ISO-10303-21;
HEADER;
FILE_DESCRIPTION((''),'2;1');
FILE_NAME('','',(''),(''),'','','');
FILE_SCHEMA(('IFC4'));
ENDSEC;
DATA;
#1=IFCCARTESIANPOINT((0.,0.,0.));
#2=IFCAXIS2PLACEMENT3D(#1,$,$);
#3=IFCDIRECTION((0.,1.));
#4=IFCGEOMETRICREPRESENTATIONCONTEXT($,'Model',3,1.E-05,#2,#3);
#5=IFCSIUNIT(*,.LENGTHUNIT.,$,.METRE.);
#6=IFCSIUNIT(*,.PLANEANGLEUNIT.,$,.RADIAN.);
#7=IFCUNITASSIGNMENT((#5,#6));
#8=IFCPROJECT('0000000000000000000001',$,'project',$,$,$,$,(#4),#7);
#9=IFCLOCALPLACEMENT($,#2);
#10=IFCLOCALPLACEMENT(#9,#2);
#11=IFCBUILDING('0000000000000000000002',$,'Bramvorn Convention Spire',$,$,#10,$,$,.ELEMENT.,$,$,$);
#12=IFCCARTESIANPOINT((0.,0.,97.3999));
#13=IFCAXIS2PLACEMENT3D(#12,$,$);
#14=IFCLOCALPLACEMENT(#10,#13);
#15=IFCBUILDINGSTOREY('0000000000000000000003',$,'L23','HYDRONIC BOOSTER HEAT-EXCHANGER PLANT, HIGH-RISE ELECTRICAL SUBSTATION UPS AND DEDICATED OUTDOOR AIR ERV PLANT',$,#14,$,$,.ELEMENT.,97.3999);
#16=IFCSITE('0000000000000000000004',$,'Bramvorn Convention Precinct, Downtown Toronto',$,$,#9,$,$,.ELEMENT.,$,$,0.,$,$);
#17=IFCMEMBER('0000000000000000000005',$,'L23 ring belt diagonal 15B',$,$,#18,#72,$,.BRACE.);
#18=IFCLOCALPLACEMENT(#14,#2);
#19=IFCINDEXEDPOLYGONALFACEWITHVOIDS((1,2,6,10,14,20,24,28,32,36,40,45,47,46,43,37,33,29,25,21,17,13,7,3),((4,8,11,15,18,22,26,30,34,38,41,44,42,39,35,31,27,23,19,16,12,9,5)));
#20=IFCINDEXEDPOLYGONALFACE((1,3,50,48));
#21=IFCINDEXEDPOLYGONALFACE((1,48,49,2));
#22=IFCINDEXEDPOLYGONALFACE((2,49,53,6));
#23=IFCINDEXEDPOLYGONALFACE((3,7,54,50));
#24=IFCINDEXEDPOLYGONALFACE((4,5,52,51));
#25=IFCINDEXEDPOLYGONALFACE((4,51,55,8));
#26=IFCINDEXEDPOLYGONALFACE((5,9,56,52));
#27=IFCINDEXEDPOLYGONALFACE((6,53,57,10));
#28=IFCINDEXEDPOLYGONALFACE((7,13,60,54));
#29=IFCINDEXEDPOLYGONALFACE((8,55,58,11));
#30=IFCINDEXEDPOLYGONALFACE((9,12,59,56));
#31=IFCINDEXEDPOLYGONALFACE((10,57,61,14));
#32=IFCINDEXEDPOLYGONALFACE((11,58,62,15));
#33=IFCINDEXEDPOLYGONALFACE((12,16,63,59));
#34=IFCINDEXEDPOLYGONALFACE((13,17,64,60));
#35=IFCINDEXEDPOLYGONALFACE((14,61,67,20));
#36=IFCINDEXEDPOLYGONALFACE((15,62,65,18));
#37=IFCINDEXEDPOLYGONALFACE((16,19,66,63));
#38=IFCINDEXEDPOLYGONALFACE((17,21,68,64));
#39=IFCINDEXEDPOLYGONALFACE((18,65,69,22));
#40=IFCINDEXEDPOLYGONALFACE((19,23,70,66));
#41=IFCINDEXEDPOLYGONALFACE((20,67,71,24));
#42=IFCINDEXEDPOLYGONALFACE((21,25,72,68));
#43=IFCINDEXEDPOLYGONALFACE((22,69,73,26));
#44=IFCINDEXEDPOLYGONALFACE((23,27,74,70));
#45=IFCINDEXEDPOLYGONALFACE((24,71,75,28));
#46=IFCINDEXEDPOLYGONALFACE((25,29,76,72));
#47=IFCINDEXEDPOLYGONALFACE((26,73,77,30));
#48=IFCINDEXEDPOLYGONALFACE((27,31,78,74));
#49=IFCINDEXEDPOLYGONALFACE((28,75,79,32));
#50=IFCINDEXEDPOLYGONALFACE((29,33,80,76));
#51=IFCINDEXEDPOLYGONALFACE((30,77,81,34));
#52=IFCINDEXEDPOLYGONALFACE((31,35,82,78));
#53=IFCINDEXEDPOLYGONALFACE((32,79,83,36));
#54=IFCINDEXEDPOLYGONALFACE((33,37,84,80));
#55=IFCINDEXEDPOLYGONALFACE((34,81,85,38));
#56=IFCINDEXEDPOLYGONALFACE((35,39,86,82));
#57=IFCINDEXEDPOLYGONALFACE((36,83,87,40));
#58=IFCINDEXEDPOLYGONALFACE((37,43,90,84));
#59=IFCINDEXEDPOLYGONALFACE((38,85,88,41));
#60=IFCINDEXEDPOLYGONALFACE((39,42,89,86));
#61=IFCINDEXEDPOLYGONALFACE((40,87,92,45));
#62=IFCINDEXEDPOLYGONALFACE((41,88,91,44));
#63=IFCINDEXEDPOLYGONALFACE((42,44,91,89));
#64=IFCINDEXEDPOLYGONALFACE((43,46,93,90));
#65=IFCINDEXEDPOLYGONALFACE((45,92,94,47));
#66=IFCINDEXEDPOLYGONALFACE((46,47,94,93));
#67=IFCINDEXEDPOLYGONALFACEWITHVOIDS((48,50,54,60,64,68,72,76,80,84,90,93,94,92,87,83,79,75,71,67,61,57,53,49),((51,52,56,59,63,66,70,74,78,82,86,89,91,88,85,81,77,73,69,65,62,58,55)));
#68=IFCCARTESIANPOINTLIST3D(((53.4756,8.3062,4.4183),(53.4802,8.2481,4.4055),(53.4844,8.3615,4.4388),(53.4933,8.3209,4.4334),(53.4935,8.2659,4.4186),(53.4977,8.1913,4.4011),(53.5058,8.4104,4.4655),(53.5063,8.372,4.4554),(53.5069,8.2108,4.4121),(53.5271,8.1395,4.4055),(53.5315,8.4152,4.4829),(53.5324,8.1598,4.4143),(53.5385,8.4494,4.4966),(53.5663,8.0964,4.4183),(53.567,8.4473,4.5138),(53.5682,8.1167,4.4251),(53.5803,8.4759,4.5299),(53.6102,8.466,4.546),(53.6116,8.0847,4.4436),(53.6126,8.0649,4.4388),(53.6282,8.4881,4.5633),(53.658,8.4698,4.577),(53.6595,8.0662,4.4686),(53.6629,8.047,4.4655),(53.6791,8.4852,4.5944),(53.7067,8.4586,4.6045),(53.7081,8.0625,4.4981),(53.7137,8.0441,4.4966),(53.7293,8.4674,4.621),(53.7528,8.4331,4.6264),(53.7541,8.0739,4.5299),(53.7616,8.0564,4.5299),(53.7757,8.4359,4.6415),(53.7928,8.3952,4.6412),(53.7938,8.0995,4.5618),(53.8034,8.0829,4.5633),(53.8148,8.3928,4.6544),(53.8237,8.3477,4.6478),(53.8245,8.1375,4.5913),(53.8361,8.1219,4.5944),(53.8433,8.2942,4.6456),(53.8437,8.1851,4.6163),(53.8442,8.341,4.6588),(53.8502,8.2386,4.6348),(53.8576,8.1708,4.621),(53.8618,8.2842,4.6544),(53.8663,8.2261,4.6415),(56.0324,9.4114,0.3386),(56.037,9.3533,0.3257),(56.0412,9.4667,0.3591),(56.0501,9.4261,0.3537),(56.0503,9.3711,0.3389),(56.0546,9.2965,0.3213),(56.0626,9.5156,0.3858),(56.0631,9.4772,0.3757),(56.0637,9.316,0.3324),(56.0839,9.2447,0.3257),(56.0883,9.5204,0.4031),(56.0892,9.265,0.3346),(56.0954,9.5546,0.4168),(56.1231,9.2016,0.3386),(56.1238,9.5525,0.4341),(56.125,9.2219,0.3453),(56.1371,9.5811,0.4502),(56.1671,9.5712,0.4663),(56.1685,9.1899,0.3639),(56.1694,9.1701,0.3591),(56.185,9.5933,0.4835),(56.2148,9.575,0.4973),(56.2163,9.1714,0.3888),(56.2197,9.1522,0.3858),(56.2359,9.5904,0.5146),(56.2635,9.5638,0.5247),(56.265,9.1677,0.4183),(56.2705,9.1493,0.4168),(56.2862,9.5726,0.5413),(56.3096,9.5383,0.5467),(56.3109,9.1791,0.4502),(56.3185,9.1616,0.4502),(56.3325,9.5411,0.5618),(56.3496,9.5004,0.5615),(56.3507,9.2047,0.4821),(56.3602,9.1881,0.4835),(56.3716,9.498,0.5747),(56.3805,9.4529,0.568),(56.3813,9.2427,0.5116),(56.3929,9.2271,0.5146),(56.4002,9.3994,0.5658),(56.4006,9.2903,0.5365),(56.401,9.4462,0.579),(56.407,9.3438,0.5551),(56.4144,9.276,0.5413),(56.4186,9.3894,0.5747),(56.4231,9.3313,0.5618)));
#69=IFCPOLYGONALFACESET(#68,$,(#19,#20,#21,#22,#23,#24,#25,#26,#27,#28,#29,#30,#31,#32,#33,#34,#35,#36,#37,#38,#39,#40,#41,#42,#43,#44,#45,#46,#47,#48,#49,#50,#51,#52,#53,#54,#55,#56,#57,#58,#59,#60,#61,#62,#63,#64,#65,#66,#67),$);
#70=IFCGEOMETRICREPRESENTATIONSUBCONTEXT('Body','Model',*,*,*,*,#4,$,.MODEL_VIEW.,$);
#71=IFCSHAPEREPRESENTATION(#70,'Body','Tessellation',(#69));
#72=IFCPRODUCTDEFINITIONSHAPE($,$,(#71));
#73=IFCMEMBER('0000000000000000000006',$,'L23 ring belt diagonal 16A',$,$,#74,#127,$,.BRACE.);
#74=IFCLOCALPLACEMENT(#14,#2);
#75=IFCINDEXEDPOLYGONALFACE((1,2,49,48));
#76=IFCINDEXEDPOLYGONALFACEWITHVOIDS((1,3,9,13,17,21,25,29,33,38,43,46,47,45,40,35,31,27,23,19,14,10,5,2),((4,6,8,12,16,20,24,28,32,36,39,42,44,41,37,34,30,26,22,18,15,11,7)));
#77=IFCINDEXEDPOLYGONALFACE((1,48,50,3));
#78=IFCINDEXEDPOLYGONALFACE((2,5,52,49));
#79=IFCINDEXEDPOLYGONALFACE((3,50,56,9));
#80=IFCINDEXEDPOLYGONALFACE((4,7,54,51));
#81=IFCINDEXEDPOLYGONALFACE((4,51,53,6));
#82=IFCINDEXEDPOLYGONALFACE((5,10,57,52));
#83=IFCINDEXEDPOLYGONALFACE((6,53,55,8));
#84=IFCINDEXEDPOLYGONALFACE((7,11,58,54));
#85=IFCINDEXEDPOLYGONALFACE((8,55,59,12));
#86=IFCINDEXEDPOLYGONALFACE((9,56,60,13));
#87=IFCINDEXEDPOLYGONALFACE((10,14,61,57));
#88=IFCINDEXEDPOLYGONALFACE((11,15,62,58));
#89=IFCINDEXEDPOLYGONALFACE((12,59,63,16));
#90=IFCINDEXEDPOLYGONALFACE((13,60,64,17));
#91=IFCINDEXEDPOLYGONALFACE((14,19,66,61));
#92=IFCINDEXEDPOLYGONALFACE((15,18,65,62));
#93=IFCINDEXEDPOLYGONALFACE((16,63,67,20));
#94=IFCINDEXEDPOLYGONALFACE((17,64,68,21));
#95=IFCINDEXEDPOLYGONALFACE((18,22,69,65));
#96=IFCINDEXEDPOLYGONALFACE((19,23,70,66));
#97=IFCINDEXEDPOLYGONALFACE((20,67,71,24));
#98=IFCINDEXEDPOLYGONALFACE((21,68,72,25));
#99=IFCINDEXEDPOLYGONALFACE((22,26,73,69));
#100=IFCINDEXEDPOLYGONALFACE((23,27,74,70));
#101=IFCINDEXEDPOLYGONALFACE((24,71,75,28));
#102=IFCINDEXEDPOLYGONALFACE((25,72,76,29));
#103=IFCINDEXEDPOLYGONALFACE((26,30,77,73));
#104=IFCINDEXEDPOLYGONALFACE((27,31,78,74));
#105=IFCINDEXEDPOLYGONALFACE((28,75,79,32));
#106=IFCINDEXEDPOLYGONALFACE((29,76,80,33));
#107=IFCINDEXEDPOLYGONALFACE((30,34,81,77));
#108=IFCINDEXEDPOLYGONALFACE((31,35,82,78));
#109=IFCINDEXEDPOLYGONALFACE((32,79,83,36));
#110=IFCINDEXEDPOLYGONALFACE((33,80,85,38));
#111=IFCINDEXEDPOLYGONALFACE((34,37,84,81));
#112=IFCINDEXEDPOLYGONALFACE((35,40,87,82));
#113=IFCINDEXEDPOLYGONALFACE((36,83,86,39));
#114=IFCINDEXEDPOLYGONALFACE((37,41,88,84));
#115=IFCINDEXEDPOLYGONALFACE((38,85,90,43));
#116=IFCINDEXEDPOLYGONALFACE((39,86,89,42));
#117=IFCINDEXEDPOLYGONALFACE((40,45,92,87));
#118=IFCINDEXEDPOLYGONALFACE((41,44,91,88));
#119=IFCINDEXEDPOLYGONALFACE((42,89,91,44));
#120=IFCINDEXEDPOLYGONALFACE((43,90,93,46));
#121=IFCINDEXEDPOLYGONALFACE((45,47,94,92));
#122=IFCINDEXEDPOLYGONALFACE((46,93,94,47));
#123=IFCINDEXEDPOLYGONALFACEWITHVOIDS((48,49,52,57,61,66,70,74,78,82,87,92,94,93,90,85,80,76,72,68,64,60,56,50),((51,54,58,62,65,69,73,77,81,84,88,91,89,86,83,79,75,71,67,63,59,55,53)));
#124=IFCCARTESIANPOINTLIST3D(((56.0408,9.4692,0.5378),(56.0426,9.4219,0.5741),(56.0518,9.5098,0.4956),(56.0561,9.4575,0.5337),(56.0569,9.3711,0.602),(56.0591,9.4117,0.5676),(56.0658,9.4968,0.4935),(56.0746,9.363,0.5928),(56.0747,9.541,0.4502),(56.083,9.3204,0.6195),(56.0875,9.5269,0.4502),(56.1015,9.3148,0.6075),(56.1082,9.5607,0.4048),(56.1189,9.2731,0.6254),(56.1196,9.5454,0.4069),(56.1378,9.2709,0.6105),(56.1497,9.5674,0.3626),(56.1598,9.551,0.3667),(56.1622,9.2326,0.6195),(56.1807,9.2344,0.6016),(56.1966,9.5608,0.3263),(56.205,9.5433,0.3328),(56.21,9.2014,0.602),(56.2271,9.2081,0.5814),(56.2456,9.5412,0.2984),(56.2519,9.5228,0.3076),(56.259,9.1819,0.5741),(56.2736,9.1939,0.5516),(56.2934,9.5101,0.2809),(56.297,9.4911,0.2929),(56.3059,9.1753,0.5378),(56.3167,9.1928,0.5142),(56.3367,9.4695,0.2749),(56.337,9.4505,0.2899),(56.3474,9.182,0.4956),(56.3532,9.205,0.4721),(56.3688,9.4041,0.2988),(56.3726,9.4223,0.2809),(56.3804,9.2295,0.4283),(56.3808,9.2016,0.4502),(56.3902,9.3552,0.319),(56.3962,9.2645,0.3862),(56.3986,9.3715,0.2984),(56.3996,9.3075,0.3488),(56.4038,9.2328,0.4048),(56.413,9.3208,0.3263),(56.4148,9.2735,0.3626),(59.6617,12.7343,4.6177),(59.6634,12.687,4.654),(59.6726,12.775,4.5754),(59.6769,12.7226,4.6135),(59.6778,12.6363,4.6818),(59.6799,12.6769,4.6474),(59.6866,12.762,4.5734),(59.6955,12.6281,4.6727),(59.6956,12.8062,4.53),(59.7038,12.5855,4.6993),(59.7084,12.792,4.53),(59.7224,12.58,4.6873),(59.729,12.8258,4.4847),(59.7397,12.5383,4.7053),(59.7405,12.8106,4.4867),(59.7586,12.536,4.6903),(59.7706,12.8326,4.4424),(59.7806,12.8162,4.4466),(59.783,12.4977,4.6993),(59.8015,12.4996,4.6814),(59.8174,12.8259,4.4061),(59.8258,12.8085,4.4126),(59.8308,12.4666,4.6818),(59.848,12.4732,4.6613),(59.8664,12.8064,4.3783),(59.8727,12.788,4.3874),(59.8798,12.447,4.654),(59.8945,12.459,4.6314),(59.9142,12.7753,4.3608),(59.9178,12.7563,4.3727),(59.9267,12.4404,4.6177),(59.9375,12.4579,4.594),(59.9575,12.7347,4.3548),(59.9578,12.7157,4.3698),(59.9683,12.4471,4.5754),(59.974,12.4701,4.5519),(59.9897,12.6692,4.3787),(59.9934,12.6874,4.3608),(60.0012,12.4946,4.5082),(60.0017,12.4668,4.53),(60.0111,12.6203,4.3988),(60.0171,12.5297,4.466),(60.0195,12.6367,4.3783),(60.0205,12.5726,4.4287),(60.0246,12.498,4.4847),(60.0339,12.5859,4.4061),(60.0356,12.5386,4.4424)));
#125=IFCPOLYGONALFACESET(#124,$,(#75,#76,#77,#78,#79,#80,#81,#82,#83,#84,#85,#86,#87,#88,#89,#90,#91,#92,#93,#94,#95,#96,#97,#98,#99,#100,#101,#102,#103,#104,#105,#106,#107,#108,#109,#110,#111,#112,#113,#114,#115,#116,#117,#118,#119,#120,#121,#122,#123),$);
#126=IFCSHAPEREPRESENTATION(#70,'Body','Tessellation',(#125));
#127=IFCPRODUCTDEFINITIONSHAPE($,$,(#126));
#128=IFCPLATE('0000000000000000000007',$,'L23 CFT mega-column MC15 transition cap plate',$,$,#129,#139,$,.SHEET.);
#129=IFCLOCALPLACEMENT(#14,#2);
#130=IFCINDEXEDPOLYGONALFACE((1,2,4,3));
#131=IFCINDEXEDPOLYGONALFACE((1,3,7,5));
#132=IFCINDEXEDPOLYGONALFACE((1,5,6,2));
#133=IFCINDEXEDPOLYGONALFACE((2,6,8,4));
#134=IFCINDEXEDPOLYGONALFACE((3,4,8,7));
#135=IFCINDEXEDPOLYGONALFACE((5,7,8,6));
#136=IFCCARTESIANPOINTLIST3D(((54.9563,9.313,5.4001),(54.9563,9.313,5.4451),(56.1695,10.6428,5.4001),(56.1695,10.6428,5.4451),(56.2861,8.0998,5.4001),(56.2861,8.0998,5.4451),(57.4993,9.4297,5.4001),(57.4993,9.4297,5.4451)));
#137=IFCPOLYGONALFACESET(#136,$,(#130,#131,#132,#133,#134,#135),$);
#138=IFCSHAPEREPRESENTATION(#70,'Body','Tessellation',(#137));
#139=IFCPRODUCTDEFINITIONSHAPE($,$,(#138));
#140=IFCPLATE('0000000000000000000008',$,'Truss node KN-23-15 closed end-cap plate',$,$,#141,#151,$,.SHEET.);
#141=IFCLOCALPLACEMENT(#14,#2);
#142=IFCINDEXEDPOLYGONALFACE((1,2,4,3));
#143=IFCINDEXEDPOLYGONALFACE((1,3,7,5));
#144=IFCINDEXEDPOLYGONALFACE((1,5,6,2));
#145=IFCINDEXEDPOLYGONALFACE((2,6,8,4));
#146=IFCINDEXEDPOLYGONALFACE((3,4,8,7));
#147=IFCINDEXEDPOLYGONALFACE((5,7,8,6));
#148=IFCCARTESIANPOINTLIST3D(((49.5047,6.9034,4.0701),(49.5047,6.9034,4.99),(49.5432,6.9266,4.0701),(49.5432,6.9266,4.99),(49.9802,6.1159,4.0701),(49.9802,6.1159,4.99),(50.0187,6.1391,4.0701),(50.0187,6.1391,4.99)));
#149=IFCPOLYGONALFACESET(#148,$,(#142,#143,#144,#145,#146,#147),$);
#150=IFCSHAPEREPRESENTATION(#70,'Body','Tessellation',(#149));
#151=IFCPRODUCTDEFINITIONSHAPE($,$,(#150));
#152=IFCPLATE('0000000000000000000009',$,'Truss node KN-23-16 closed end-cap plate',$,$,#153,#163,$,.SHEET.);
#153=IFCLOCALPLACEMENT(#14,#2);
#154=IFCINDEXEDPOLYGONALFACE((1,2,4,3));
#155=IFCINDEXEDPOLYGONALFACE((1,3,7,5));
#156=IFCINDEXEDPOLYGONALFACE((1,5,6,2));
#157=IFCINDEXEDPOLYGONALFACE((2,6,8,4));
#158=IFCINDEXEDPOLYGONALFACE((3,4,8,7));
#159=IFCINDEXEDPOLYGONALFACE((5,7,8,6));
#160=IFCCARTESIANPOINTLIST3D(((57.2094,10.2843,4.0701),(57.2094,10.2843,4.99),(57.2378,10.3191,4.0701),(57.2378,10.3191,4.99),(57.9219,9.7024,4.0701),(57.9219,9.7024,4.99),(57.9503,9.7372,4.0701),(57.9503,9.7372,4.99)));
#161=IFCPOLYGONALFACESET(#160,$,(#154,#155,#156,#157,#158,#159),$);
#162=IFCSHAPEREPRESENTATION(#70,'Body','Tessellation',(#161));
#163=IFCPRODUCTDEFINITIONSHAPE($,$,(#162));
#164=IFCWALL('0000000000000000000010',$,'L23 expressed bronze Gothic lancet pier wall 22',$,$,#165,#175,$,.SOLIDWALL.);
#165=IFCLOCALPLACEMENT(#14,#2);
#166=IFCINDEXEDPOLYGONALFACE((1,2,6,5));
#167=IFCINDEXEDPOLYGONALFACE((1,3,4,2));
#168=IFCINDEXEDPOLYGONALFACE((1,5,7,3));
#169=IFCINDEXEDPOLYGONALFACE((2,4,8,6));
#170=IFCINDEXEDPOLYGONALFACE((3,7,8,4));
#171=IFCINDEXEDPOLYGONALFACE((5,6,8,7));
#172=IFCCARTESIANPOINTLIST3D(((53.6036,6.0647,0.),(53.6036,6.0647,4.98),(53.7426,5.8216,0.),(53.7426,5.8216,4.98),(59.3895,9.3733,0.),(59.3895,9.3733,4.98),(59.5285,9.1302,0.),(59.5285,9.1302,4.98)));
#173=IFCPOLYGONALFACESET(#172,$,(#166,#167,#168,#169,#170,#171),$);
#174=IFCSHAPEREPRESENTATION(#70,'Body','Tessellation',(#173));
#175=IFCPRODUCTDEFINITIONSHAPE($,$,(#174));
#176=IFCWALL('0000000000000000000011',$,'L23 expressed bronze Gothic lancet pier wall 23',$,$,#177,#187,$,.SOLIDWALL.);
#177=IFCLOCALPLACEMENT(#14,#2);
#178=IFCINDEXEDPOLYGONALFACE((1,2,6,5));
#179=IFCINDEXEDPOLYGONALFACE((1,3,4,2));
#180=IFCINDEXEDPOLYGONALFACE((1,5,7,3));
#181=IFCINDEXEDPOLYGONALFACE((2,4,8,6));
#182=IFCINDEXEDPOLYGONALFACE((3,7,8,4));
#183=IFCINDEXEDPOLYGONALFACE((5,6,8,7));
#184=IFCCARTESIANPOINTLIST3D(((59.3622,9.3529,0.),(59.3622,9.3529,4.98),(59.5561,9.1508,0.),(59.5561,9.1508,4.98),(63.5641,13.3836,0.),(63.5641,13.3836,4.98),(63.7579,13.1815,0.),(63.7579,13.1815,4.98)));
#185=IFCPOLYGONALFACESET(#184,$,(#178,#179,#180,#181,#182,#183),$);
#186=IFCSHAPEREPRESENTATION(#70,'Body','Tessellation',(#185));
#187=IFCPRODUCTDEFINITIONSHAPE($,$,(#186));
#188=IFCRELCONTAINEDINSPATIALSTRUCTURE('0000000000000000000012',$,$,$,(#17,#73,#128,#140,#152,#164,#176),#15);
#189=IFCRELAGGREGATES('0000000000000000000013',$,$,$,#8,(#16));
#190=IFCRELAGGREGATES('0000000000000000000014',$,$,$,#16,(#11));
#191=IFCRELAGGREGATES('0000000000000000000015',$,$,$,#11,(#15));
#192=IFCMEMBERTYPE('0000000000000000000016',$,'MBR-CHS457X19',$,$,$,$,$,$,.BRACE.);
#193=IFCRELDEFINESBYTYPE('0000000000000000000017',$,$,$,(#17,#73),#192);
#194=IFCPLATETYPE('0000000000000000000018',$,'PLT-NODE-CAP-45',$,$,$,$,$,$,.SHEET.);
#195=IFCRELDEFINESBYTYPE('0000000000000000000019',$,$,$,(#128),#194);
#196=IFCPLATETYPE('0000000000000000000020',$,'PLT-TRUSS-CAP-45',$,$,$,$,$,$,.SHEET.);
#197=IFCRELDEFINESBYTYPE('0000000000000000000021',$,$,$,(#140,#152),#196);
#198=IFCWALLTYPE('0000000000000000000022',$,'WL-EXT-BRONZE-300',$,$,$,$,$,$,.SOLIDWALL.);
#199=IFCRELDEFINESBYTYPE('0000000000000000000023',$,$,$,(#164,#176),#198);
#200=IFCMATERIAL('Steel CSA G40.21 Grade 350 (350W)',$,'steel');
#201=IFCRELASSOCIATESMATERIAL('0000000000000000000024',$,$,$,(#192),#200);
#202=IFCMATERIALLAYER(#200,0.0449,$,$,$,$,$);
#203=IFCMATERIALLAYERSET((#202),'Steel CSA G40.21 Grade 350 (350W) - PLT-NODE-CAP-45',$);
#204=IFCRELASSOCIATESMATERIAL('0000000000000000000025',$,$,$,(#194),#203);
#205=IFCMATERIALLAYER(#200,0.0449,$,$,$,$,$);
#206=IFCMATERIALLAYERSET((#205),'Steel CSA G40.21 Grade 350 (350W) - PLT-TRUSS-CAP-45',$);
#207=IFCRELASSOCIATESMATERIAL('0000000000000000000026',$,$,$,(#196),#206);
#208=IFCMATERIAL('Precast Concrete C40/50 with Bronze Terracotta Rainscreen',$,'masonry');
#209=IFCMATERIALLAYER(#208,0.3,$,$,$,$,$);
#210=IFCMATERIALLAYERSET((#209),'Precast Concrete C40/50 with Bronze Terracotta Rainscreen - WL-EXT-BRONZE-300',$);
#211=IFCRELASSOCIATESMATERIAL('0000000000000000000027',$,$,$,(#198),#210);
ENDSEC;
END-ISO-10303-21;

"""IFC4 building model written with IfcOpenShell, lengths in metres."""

from ifc_helpers import new_model, si_unit, direction, frame, frame_2d, origin, origin_2d, place, context, subcontext, project, spatial, rectangle, hollow_circle, extrude, material, layer, layer_set, material_profile, profile_set, type_object, element, save


model = new_model("IFC4")

# Units and contexts
model_context = context("Model", 3, precision=1e-05, world=origin(), true_north=direction((0.0, 1.0)))
body_context = subcontext(model_context, "Body", "Model", "MODEL_VIEW")
ifc_project = project(units=[si_unit("LENGTHUNIT", "METRE"), si_unit("PLANEANGLEUNIT", "RADIAN")], contexts=[model_context])

# Site, building, storey
site_placement = place(None, origin())
site = spatial("IfcSite", under=ifc_project, at=site_placement, Name="Bramvorn Convention Precinct, Downtown Toronto", CompositionType="ELEMENT", RefElevation=0.0)
building_placement = place(site_placement, origin())
building = spatial("IfcBuilding", under=site, at=building_placement, Name="Bramvorn Convention Spire", CompositionType="ELEMENT")
storey_placement = place(building_placement, frame((0.0, 0.0, 97.3999)))
storey = spatial("IfcBuildingStorey", under=building, at=storey_placement, Name="L23", Description="HYDRONIC BOOSTER HEAT-EXCHANGER PLANT, HIGH-RISE ELECTRICAL SUBSTATION UPS AND DEDICATED OUTDOOR AIR ERV PLANT", CompositionType="ELEMENT", Elevation=97.3999)

# Shared definitions
ifc_material_1 = material(Name="Steel CSA G40.21 Grade 350 (350W)", Category="steel")

# Members
ifc_material_profile_1 = material_profile(ifc_material_1, hollow_circle(Radius=0.2285, WallThickness=0.019, at=origin_2d()))
ifc_profile_set_1 = profile_set([ifc_material_profile_1], Name="Steel CSA G40.21 Grade 350 (350W) - CHS457X19")
member_type_1 = type_object("IfcMemberType", Name="MBR-CHS457X19", PredefinedType="BRACE", material=ifc_profile_set_1)
member_1_placement = place(storey_placement, frame((56.2278, 9.3713, 0.4502), z_axis=(-0.517581, -0.223727, 0.825867), x_axis=(0.396773, -0.917917, 0.0)))
element("IfcMember", 1, at=member_1_placement, inside=storey, type_object=member_type_1, Name="L23 ring belt diagonal 15B", PredefinedType="BRACE", context=body_context, shape_type="SweptSolid", body=[
    extrude(hollow_circle(Radius=0.2285, WallThickness=0.019, at=origin_2d()), origin(), (0.0, 0.0, 1.0), 4.9399),
])
member_2_placement = place(storey_placement, frame((56.2278, 9.3713, 0.4502), z_axis=(0.569548, 0.513595, 0.641744), x_axis=(-0.669686, 0.742644, 0.0)))
element("IfcMember", 2, at=member_2_placement, inside=storey, type_object=member_type_1, Name="L23 ring belt diagonal 16A", PredefinedType="BRACE", context=body_context, shape_type="SweptSolid", body=[
    extrude(hollow_circle(Radius=0.2285, WallThickness=0.019, at=origin_2d()), origin(), (0.0, 0.0, 1.0), 6.3574),
])

# Plates
ifc_layer_1 = layer(ifc_material_1, 0.0449)
ifc_layer_set_1 = layer_set([ifc_layer_1], Name="Steel CSA G40.21 Grade 350 (350W) - PLT-NODE-CAP-45")
plate_type_1 = type_object("IfcPlateType", Name="PLT-NODE-CAP-45", PredefinedType="SHEET", material=ifc_layer_set_1)
plate_placement = place(storey_placement, frame((56.2278, 9.3713, 5.4001), z_axis=(0.0, 0.0, 1.0), x_axis=(0.738769, -0.673958, 0.0)))
element("IfcPlate", 3, at=plate_placement, inside=storey, type_object=plate_type_1, Name="L23 CFT mega-column MC15 transition cap plate", PredefinedType="SHEET", context=body_context, shape_type="SweptSolid", body=[
    extrude(rectangle(XDim=1.8, YDim=1.8, at=origin_2d()), origin(), (0.0, 0.0, 1.0), 0.0449),
])
ifc_layer_2 = layer(ifc_material_1, 0.0449)
ifc_layer_set_2 = layer_set([ifc_layer_2], Name="Steel CSA G40.21 Grade 350 (350W) - PLT-TRUSS-CAP-45")
plate_type_2 = type_object("IfcPlateType", Name="PLT-TRUSS-CAP-45", PredefinedType="SHEET", material=ifc_layer_set_2)
for number, where, z_axis, x_axis, name in (
    (4, (49.7617, 6.5212, 4.0701), (0.0, 0.0, 1.0), (0.516904, -0.856044, 0.0), "Truss node KN-23-15 closed end-cap plate"),
    (5, (57.5798, 10.0107, 4.0701), (0.0, 0.0, 1.0), (0.774551, -0.632512, 0.0), "Truss node KN-23-16 closed end-cap plate"),
):
    element("IfcPlate", number, at=place(storey_placement, frame(where, z_axis=z_axis, x_axis=x_axis)), inside=storey, type_object=plate_type_2, Name=name, PredefinedType="SHEET", context=body_context, shape_type="SweptSolid", body=[
        extrude(rectangle(XDim=0.9199, YDim=0.0449, at=origin_2d()), origin(), (0.0, 0.0, 1.0), 0.9199),
    ])

# Walls
ifc_material_2 = material(Name="Precast Concrete C40/50 with Bronze Terracotta Rainscreen", Category="masonry")
ifc_layer_3 = layer(ifc_material_2, 0.3)
ifc_layer_set_3 = layer_set([ifc_layer_3], Name="Precast Concrete C40/50 with Bronze Terracotta Rainscreen - WL-EXT-BRONZE-300")
wall_type_1 = type_object("IfcWallType", Name="WL-EXT-BRONZE-300", PredefinedType="SOLIDWALL", material=ifc_layer_set_3)
wall_1_placement = place(storey_placement, frame((59.459, 9.2517, 0.0), z_axis=(0.0, 0.0, 1.0), x_axis=(-0.86809, -0.496407, 0.0)))
element("IfcWall", 6, at=wall_1_placement, inside=storey, type_object=wall_type_1, Name="L23 expressed bronze Gothic lancet pier wall 22", PredefinedType="SOLIDWALL", context=body_context, shape_type="SweptSolid", body=[
    extrude(rectangle(XDim=6.665, YDim=0.28, at=frame_2d((3.3325, 0.0))), origin(), (0.0, 0.0, 1.0), 4.98),
])
wall_2_placement = place(storey_placement, frame((63.6609, 13.2825, 0.0), z_axis=(0.0, 0.0, 1.0), x_axis=(-0.72165, -0.692258, 0.0)))
element("IfcWall", 7, at=wall_2_placement, inside=storey, type_object=wall_type_1, Name="L23 expressed bronze Gothic lancet pier wall 23", PredefinedType="SOLIDWALL", context=body_context, shape_type="SweptSolid", body=[
    extrude(rectangle(XDim=5.8225, YDim=0.28, at=frame_2d((2.9111, 0.0))), origin(), (0.0, 0.0, 1.0), 4.98),
])

save(model, "model.ifc")
